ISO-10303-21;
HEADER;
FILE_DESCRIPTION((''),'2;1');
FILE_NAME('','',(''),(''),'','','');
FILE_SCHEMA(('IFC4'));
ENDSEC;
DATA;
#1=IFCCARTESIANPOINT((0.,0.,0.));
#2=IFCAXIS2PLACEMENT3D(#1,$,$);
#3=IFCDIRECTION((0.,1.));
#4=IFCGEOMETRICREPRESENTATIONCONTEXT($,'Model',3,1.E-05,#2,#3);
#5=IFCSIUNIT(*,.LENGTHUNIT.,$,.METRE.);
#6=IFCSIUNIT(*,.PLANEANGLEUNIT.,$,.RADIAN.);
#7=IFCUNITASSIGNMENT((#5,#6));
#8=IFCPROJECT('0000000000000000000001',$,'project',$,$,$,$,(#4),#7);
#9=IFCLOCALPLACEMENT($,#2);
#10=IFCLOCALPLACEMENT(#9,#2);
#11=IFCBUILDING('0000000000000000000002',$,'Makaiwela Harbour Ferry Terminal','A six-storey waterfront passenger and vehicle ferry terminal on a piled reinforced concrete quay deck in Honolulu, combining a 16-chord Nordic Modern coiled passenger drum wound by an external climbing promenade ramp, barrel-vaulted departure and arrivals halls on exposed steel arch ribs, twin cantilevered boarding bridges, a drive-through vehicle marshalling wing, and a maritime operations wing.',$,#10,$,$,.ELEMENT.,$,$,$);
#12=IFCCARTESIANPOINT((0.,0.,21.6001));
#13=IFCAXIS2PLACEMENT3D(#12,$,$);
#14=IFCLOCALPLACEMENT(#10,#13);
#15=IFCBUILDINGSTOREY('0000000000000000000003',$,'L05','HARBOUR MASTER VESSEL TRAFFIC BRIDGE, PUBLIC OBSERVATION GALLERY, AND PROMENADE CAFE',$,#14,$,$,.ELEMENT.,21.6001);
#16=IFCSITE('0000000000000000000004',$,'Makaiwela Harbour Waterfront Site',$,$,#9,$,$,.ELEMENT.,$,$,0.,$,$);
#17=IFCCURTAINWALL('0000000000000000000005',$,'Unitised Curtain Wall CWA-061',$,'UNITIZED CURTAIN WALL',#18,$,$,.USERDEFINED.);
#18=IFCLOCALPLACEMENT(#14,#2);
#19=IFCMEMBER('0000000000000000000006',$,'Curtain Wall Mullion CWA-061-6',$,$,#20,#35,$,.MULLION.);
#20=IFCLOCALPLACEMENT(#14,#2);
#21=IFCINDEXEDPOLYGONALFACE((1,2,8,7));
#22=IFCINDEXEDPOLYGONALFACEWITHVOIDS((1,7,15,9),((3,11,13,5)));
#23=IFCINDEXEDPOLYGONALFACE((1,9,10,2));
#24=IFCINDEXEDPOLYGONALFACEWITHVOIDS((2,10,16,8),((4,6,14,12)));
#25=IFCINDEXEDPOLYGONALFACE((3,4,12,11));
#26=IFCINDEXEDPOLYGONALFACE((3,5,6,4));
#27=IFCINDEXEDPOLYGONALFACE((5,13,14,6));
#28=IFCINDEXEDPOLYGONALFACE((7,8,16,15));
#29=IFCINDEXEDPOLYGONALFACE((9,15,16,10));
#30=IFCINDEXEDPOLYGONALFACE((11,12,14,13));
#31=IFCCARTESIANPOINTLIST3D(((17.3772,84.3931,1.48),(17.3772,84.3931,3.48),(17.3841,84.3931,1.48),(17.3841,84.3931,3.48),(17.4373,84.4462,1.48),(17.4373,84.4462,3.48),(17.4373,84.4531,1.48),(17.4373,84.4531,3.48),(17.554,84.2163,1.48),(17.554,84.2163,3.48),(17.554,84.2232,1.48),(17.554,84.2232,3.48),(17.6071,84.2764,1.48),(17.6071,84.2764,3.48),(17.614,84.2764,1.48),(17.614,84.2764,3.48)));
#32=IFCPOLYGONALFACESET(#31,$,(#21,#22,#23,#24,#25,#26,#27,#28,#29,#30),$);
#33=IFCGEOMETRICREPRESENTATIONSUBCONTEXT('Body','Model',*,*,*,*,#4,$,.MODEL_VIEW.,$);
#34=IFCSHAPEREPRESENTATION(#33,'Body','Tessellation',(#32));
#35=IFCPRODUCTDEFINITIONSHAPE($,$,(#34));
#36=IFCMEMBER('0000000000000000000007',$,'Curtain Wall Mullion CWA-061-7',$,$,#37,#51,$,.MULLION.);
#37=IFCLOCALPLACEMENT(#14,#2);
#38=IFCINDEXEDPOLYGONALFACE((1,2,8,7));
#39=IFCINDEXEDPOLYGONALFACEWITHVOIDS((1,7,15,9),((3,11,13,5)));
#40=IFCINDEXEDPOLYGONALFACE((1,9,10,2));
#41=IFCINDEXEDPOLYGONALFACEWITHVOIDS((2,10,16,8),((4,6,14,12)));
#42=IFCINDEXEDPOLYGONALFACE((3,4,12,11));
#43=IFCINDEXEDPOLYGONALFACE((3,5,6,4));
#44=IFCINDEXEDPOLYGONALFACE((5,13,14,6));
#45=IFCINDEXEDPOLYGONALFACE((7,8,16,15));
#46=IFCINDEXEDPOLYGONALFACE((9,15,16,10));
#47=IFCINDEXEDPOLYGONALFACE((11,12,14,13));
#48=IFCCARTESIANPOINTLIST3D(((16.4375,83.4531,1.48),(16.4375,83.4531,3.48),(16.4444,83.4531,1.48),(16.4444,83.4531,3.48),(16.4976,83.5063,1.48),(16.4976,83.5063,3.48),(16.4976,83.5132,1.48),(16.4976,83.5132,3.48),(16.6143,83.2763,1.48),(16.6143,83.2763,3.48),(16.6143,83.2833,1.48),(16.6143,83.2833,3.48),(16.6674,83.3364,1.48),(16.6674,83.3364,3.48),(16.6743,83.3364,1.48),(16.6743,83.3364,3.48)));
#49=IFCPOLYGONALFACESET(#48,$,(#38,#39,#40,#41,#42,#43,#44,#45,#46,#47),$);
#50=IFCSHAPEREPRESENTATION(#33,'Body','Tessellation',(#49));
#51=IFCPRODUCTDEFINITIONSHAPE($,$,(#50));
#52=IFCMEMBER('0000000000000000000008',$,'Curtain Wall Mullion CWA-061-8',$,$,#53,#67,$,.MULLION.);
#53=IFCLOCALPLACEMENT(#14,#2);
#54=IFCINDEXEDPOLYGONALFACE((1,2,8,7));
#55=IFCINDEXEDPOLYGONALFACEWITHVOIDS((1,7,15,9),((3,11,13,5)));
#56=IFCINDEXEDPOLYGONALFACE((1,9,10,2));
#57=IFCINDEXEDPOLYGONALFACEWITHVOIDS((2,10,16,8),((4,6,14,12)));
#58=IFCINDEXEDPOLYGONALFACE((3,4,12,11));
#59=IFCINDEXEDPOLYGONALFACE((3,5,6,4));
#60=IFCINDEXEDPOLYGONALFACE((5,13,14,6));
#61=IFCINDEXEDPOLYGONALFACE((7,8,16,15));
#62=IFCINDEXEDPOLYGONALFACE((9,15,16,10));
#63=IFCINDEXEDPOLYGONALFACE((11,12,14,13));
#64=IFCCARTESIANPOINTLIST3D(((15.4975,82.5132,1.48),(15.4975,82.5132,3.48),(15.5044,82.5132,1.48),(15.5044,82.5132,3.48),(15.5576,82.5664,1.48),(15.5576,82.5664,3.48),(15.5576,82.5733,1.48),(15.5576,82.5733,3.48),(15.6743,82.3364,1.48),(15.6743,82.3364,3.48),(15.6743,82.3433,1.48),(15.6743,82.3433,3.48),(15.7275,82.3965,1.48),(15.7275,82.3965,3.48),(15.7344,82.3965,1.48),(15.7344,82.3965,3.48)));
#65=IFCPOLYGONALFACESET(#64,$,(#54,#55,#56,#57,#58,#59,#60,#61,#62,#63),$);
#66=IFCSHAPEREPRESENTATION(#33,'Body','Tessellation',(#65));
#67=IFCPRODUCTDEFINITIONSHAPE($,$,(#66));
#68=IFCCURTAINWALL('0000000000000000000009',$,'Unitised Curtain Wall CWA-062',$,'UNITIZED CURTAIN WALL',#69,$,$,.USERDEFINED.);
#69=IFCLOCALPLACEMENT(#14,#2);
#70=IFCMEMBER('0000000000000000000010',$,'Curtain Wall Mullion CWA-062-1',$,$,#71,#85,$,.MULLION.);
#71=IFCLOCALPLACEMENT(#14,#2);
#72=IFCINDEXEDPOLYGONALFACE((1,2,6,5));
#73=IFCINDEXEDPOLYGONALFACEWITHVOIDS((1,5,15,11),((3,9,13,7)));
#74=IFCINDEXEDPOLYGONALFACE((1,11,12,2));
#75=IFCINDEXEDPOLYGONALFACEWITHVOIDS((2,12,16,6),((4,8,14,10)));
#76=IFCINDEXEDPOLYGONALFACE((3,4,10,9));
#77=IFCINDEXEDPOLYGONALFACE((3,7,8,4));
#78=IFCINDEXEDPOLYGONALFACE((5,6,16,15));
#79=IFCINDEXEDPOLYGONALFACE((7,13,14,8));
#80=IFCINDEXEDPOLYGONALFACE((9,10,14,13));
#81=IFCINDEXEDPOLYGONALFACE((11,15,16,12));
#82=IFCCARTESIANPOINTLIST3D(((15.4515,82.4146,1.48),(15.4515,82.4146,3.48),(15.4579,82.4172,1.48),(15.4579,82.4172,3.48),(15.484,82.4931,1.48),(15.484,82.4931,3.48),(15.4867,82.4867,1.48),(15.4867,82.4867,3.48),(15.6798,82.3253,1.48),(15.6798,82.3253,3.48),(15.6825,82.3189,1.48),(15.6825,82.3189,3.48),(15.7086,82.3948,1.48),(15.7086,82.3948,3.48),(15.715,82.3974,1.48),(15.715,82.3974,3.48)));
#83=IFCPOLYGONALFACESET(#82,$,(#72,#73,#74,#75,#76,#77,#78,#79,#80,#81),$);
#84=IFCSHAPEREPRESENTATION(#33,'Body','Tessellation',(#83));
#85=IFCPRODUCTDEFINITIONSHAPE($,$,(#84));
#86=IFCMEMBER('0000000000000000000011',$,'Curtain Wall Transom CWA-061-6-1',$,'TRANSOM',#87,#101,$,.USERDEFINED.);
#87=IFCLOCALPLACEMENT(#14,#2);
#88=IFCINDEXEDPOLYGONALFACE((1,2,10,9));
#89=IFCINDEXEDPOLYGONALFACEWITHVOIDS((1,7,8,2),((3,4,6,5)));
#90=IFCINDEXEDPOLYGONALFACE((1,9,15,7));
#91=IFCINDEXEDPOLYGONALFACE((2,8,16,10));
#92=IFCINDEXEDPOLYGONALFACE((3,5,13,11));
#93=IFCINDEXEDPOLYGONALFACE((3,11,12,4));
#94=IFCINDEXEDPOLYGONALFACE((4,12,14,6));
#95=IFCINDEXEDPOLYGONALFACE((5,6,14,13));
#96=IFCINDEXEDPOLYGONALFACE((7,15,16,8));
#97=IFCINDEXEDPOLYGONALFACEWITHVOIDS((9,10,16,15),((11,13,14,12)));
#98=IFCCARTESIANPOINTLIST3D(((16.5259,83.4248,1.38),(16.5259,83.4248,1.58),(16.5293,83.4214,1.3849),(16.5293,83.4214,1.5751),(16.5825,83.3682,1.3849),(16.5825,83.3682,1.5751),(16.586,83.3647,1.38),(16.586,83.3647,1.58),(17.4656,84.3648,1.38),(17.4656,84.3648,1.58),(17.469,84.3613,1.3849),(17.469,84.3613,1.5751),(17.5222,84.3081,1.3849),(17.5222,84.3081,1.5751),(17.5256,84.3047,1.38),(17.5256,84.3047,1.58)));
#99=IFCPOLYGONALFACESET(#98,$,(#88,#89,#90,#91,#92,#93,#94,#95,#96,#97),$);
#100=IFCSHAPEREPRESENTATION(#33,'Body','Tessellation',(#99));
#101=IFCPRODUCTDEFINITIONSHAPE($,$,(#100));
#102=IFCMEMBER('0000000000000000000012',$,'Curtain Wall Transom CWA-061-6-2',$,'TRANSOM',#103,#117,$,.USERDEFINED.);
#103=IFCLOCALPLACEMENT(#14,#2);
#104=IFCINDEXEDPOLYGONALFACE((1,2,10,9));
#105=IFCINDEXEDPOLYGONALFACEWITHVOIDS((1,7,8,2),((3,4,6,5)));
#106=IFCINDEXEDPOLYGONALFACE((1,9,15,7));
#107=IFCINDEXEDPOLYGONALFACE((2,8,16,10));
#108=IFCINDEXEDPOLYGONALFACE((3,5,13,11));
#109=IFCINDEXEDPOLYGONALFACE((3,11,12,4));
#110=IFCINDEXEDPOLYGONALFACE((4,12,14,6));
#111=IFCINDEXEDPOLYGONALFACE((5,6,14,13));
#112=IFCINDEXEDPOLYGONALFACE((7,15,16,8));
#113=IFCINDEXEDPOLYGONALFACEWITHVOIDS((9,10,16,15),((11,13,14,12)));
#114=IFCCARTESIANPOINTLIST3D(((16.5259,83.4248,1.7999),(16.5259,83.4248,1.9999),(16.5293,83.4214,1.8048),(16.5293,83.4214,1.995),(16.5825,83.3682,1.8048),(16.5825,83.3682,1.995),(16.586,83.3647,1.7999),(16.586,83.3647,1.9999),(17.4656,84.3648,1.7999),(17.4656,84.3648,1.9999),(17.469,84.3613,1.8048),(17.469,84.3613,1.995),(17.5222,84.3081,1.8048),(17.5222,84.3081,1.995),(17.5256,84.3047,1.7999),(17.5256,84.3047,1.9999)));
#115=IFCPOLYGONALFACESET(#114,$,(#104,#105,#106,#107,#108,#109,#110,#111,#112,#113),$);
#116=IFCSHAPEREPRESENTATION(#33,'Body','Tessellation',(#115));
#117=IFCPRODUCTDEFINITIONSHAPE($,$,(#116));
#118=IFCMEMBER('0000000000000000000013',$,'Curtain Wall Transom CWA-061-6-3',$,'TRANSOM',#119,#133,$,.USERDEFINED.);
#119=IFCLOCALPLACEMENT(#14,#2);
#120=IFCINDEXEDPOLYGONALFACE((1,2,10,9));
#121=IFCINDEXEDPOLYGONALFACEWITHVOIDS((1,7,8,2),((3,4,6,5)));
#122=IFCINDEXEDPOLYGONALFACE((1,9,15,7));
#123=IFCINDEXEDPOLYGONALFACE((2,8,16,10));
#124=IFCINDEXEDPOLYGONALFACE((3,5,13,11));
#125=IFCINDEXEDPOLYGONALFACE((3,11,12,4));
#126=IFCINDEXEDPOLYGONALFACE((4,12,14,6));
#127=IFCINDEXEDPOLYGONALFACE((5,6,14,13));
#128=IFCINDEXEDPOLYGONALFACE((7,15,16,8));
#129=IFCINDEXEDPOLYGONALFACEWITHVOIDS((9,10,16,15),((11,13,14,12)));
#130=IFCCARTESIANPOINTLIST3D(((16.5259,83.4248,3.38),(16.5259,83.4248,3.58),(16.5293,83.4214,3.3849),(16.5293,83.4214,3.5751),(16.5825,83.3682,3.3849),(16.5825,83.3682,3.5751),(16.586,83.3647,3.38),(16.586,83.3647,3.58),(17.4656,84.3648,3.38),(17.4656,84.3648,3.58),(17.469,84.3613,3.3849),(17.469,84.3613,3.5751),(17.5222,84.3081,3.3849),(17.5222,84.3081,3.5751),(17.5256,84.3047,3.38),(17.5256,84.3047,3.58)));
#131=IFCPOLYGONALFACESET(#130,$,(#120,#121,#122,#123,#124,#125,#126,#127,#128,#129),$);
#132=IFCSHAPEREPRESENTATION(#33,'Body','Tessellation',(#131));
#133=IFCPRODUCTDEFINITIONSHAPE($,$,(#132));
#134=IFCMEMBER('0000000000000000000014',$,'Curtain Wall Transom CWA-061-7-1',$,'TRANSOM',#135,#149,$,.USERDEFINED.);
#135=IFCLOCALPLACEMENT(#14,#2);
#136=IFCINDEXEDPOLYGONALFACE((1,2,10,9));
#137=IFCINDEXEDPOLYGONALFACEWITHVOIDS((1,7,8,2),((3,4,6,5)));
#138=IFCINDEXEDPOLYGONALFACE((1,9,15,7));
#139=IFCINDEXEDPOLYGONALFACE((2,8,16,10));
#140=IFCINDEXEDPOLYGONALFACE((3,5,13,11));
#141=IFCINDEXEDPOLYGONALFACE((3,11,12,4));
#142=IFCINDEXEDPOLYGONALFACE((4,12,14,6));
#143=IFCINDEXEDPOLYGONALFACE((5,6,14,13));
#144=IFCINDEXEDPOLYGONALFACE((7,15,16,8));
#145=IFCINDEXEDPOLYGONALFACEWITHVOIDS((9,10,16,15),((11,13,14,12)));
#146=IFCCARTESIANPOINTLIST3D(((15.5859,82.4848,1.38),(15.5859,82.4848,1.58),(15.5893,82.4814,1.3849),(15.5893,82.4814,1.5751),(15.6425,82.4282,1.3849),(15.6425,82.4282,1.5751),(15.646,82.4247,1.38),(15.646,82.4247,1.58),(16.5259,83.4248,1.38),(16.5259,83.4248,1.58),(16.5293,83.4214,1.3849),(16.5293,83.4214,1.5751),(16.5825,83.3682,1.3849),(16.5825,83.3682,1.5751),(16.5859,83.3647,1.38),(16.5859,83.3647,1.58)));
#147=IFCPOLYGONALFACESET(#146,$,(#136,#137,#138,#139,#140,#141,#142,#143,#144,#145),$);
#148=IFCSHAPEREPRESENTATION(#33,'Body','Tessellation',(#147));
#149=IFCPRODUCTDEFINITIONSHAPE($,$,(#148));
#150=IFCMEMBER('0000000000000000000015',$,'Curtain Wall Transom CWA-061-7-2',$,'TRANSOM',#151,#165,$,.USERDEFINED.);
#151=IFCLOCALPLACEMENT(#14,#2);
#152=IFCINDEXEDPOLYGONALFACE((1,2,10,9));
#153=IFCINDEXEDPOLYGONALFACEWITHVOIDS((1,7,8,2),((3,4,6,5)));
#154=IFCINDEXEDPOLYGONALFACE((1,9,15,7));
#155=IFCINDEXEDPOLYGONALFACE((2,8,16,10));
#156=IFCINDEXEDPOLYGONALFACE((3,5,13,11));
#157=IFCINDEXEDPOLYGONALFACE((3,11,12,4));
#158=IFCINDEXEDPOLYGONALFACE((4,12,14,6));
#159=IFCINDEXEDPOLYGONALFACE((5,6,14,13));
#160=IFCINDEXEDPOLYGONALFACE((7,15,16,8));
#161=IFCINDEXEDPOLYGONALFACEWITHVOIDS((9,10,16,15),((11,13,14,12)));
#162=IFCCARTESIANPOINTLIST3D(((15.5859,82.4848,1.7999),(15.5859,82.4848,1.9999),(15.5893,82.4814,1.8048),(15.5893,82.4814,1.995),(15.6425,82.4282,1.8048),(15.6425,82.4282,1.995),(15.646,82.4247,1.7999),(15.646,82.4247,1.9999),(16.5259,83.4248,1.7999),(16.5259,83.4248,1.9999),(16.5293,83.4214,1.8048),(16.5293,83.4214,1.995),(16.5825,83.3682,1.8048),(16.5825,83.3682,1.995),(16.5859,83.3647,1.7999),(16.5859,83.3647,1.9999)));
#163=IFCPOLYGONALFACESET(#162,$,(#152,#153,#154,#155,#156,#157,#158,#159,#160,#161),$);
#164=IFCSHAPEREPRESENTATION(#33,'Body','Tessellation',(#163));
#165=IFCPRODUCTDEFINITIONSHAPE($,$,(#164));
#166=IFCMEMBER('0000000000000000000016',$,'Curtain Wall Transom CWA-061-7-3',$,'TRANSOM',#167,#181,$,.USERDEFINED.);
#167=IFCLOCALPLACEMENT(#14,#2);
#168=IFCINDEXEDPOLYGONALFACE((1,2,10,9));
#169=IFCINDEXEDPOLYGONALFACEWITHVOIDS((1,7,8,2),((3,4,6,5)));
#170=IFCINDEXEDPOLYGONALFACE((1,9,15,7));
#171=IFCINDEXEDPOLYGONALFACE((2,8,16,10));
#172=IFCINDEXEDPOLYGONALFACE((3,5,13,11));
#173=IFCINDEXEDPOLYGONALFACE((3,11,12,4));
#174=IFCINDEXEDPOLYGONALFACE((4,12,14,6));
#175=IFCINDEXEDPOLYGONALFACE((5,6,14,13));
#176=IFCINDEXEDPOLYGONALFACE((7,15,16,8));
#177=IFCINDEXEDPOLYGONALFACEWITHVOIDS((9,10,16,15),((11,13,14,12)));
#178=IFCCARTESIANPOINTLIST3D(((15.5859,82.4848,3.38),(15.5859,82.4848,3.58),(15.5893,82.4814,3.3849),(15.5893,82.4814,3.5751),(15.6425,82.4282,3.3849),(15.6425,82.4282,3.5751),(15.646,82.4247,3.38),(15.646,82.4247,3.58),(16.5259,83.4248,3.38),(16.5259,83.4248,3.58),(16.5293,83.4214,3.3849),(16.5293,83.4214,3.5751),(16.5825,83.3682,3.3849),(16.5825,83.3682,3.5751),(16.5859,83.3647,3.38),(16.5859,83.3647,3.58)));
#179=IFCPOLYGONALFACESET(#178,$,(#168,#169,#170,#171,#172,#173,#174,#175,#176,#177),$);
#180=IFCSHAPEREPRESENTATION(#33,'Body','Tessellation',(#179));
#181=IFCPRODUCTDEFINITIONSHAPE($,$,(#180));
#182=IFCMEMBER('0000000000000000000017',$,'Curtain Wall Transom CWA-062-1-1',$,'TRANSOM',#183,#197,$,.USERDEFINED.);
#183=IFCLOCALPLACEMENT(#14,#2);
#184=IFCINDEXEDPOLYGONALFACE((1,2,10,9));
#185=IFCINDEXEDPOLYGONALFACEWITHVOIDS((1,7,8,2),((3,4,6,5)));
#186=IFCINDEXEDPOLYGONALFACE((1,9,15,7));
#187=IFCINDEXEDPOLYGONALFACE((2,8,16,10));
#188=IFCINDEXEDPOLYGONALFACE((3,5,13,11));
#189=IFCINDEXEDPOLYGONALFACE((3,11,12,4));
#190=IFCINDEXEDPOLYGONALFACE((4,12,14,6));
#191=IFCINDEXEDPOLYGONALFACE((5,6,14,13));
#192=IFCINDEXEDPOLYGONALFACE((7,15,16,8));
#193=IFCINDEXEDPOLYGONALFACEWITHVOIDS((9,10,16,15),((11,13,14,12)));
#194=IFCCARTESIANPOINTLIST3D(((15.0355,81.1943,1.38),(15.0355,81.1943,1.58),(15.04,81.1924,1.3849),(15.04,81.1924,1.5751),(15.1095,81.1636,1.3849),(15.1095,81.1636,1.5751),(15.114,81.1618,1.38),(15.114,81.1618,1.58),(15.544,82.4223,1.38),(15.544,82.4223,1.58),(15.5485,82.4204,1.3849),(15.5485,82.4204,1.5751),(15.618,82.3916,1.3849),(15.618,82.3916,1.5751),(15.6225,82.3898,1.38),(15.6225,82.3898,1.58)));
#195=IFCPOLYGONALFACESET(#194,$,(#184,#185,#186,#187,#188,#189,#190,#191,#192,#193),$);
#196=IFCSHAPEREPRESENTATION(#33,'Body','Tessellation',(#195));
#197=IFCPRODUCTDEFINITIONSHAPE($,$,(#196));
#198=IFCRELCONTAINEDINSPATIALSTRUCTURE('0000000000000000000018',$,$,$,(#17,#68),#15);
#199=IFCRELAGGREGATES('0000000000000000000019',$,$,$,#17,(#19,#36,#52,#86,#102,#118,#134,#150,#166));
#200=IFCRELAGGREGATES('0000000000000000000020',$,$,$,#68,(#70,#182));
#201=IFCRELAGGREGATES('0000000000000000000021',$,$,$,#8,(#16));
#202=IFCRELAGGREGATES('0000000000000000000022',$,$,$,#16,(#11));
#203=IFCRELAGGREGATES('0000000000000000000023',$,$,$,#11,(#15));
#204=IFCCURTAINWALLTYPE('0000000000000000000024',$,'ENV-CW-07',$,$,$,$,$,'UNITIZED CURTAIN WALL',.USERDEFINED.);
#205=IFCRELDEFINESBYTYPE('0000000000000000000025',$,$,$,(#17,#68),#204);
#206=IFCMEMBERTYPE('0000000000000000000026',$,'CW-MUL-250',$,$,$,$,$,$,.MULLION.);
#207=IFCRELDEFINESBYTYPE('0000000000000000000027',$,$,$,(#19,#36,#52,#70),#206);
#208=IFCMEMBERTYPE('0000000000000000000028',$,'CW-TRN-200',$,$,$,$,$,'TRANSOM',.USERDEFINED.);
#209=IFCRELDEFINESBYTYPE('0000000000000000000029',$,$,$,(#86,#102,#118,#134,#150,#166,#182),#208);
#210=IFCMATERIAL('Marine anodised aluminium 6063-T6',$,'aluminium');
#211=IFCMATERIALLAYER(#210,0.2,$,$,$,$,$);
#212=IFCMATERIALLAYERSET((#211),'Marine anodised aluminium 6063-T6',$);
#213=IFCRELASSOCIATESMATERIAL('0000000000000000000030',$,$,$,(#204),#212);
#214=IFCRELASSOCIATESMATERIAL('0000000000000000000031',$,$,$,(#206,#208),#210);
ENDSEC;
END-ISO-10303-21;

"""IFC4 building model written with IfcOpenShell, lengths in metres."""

from ifc_helpers import new_model, si_unit, direction, frame, origin, origin_2d, place, context, subcontext, project, spatial, hollow_rectangle, extrude, material, layer, layer_set, material_profile, profile_set, type_object, element, aggregate, save


model = new_model("IFC4")

# Units and contexts
model_context = context("Model", 3, precision=1e-05, world=origin(), true_north=direction((0.0, 1.0)))
body_context = subcontext(model_context, "Body", "Model", "MODEL_VIEW")
ifc_project = project(units=[si_unit("LENGTHUNIT", "METRE"), si_unit("PLANEANGLEUNIT", "RADIAN")], contexts=[model_context])

# Site, building, storey
site_placement = place(None, origin())
site = spatial("IfcSite", under=ifc_project, at=site_placement, Name="Makaiwela Harbour Waterfront Site", CompositionType="ELEMENT", RefElevation=0.0)
building_placement = place(site_placement, origin())
building = spatial("IfcBuilding", under=site, at=building_placement, Name="Makaiwela Harbour Ferry Terminal", Description="A six-storey waterfront passenger and vehicle ferry terminal on a piled reinforced concrete quay deck in Honolulu, combining a 16-chord Nordic Modern coiled passenger drum wound by an external climbing promenade ramp, barrel-vaulted departure and arrivals halls on exposed steel arch ribs, twin cantilevered boarding bridges, a drive-through vehicle marshalling wing, and a maritime operations wing.", CompositionType="ELEMENT")
storey_placement = place(building_placement, frame((0.0, 0.0, 21.6001)))
storey = spatial("IfcBuildingStorey", under=building, at=storey_placement, Name="L05", Description="HARBOUR MASTER VESSEL TRAFFIC BRIDGE, PUBLIC OBSERVATION GALLERY, AND PROMENADE CAFE", CompositionType="ELEMENT", Elevation=21.6001)

# Curtain wall, members
ifc_material_1 = material(Name="Marine anodised aluminium 6063-T6", Category="aluminium")
ifc_layer_1 = layer(ifc_material_1, 0.2)
ifc_layer_set_1 = layer_set([ifc_layer_1], Name="Marine anodised aluminium 6063-T6")
curtain_wall_type = type_object("IfcCurtainWallType", Name="ENV-CW-07", ElementType="UNITIZED CURTAIN WALL", PredefinedType="USERDEFINED", material=ifc_layer_set_1)
curtain_wall_1_placement = place(storey_placement, origin())
curtain_wall_1 = element("IfcCurtainWall", 1, at=curtain_wall_1_placement, inside=storey, type_object=curtain_wall_type, Name="Unitised Curtain Wall CWA-061", ObjectType="UNITIZED CURTAIN WALL", PredefinedType="USERDEFINED")
ifc_material_profile_1 = material_profile(ifc_material_1, hollow_rectangle(XDim=0.085, YDim=0.25, WallThickness=0.0049, at=origin_2d()), Name="CWM-250X85")
ifc_profile_set_1 = profile_set([ifc_material_profile_1], Name="Marine anodised aluminium 6063-T6")
member_type_1 = type_object("IfcMemberType", Name="CW-MUL-250", PredefinedType="MULLION", material=ifc_profile_set_1)
member_1_placement = place(storey_placement, frame((17.4956, 84.3347, 1.48), z_axis=(0.0, 0.0, 1.0), x_axis=(0.707107, 0.707107, 0.0)))
member_1 = element("IfcMember", 2, at=member_1_placement, type_object=member_type_1, Name="Curtain Wall Mullion CWA-061-6", PredefinedType="MULLION", context=body_context, shape_type="SweptSolid", body=[
    extrude(hollow_rectangle(XDim=0.085, YDim=0.25, WallThickness=0.0049, at=origin_2d()), origin(), (0.0, 0.0, 1.0), 2.0),
])
member_2_placement = place(storey_placement, frame((16.5559, 83.3948, 1.48), z_axis=(0.0, 0.0, 1.0), x_axis=(0.707107, 0.707107, 0.0)))
member_2 = element("IfcMember", 3, at=member_2_placement, type_object=member_type_1, Name="Curtain Wall Mullion CWA-061-7", PredefinedType="MULLION", context=body_context, shape_type="SweptSolid", body=[
    extrude(hollow_rectangle(XDim=0.085, YDim=0.25, WallThickness=0.0049, at=origin_2d()), origin(), (0.0, 0.0, 1.0), 2.0),
])
member_3_placement = place(storey_placement, frame((15.616, 82.4548, 1.48), z_axis=(0.0, 0.0, 1.0), x_axis=(0.707107, 0.707107, 0.0)))
member_3 = element("IfcMember", 4, at=member_3_placement, type_object=member_type_1, Name="Curtain Wall Mullion CWA-061-8", PredefinedType="MULLION", context=body_context, shape_type="SweptSolid", body=[
    extrude(hollow_rectangle(XDim=0.085, YDim=0.25, WallThickness=0.0049, at=origin_2d()), origin(), (0.0, 0.0, 1.0), 2.0),
])

# Curtain wall, member
curtain_wall_2_placement = place(storey_placement, origin())
curtain_wall_2 = element("IfcCurtainWall", 5, at=curtain_wall_2_placement, inside=storey, type_object=curtain_wall_type, Name="Unitised Curtain Wall CWA-062", ObjectType="UNITIZED CURTAIN WALL", PredefinedType="USERDEFINED")
member_4_placement = place(storey_placement, frame((15.5833, 82.406, 1.48), z_axis=(0.0, 0.0, 1.0), x_axis=(0.382683, 0.92388, 0.0)))
member_4 = element("IfcMember", 6, at=member_4_placement, type_object=member_type_1, Name="Curtain Wall Mullion CWA-062-1", PredefinedType="MULLION", context=body_context, shape_type="SweptSolid", body=[
    extrude(hollow_rectangle(XDim=0.085, YDim=0.25, WallThickness=0.0049, at=origin_2d()), origin(), (0.0, 0.0, 1.0), 2.0),
])

# Members
ifc_material_profile_2 = material_profile(ifc_material_1, hollow_rectangle(XDim=0.085, YDim=0.2, WallThickness=0.0049, at=origin_2d()), Name="CWT-200X85")
ifc_profile_set_2 = profile_set([ifc_material_profile_2], Name="Marine anodised aluminium 6063-T6")
member_type_2 = type_object("IfcMemberType", Name="CW-TRN-200", ElementType="TRANSOM", PredefinedType="USERDEFINED", material=ifc_profile_set_2)
member_5_placement = place(storey_placement, frame((17.4956, 84.3347, 1.48), z_axis=(-0.707015, -0.707199, 0.0), x_axis=(0.707199, -0.707015, 0.0)))
member_5 = element("IfcMember", 7, at=member_5_placement, type_object=member_type_2, Name="Curtain Wall Transom CWA-061-6-1", ObjectType="TRANSOM", PredefinedType="USERDEFINED", context=body_context, shape_type="SweptSolid", body=[
    extrude(hollow_rectangle(XDim=0.085, YDim=0.2, WallThickness=0.0049, at=origin_2d()), origin(), (0.0, 0.0, 1.0), 1.3291),
])
member_6_placement = place(storey_placement, frame((17.4956, 84.3347, 1.8999), z_axis=(-0.707015, -0.707199, 0.0), x_axis=(0.707199, -0.707015, 0.0)))
member_6 = element("IfcMember", 8, at=member_6_placement, type_object=member_type_2, Name="Curtain Wall Transom CWA-061-6-2", ObjectType="TRANSOM", PredefinedType="USERDEFINED", context=body_context, shape_type="SweptSolid", body=[
    extrude(hollow_rectangle(XDim=0.085, YDim=0.2, WallThickness=0.0049, at=origin_2d()), origin(), (0.0, 0.0, 1.0), 1.3291),
])
member_7_placement = place(storey_placement, frame((17.4956, 84.3347, 3.48), z_axis=(-0.707015, -0.707199, 0.0), x_axis=(0.707199, -0.707015, 0.0)))
member_7 = element("IfcMember", 9, at=member_7_placement, type_object=member_type_2, Name="Curtain Wall Transom CWA-061-6-3", ObjectType="TRANSOM", PredefinedType="USERDEFINED", context=body_context, shape_type="SweptSolid", body=[
    extrude(hollow_rectangle(XDim=0.085, YDim=0.2, WallThickness=0.0049, at=origin_2d()), origin(), (0.0, 0.0, 1.0), 1.3291),
])
member_8_placement = place(storey_placement, frame((16.5559, 83.3948, 1.48), z_axis=(-0.707107, -0.707107, 0.0), x_axis=(0.707107, -0.707107, 0.0)))
member_8 = element("IfcMember", 10, at=member_8_placement, type_object=member_type_2, Name="Curtain Wall Transom CWA-061-7-1", ObjectType="TRANSOM", PredefinedType="USERDEFINED", context=body_context, shape_type="SweptSolid", body=[
    extrude(hollow_rectangle(XDim=0.085, YDim=0.2, WallThickness=0.0049, at=origin_2d()), origin(), (0.0, 0.0, 1.0), 1.3293),
])
member_9_placement = place(storey_placement, frame((16.5559, 83.3948, 1.8999), z_axis=(-0.707107, -0.707107, 0.0), x_axis=(0.707107, -0.707107, 0.0)))
member_9 = element("IfcMember", 11, at=member_9_placement, type_object=member_type_2, Name="Curtain Wall Transom CWA-061-7-2", ObjectType="TRANSOM", PredefinedType="USERDEFINED", context=body_context, shape_type="SweptSolid", body=[
    extrude(hollow_rectangle(XDim=0.085, YDim=0.2, WallThickness=0.0049, at=origin_2d()), origin(), (0.0, 0.0, 1.0), 1.3293),
])
member_10_placement = place(storey_placement, frame((16.5559, 83.3948, 3.48), z_axis=(-0.707107, -0.707107, 0.0), x_axis=(0.707107, -0.707107, 0.0)))
member_10 = element("IfcMember", 12, at=member_10_placement, type_object=member_type_2, Name="Curtain Wall Transom CWA-061-7-3", ObjectType="TRANSOM", PredefinedType="USERDEFINED", context=body_context, shape_type="SweptSolid", body=[
    extrude(hollow_rectangle(XDim=0.085, YDim=0.2, WallThickness=0.0049, at=origin_2d()), origin(), (0.0, 0.0, 1.0), 1.3293),
])
member_11_placement = place(storey_placement, frame((15.5833, 82.406, 1.48), z_axis=(-0.382606, -0.923912, 0.0), x_axis=(0.923912, -0.382606, 0.0)))
member_11 = element("IfcMember", 13, at=member_11_placement, type_object=member_type_2, Name="Curtain Wall Transom CWA-062-1-1", ObjectType="TRANSOM", PredefinedType="USERDEFINED", context=body_context, shape_type="SweptSolid", body=[
    extrude(hollow_rectangle(XDim=0.085, YDim=0.2, WallThickness=0.0049, at=origin_2d()), origin(), (0.0, 0.0, 1.0), 1.3291),
])

aggregate(curtain_wall_1, [member_1, member_2, member_3, member_5, member_6, member_7, member_8, member_9, member_10])
aggregate(curtain_wall_2, [member_4, member_11])

save(model, "model.ifc")
